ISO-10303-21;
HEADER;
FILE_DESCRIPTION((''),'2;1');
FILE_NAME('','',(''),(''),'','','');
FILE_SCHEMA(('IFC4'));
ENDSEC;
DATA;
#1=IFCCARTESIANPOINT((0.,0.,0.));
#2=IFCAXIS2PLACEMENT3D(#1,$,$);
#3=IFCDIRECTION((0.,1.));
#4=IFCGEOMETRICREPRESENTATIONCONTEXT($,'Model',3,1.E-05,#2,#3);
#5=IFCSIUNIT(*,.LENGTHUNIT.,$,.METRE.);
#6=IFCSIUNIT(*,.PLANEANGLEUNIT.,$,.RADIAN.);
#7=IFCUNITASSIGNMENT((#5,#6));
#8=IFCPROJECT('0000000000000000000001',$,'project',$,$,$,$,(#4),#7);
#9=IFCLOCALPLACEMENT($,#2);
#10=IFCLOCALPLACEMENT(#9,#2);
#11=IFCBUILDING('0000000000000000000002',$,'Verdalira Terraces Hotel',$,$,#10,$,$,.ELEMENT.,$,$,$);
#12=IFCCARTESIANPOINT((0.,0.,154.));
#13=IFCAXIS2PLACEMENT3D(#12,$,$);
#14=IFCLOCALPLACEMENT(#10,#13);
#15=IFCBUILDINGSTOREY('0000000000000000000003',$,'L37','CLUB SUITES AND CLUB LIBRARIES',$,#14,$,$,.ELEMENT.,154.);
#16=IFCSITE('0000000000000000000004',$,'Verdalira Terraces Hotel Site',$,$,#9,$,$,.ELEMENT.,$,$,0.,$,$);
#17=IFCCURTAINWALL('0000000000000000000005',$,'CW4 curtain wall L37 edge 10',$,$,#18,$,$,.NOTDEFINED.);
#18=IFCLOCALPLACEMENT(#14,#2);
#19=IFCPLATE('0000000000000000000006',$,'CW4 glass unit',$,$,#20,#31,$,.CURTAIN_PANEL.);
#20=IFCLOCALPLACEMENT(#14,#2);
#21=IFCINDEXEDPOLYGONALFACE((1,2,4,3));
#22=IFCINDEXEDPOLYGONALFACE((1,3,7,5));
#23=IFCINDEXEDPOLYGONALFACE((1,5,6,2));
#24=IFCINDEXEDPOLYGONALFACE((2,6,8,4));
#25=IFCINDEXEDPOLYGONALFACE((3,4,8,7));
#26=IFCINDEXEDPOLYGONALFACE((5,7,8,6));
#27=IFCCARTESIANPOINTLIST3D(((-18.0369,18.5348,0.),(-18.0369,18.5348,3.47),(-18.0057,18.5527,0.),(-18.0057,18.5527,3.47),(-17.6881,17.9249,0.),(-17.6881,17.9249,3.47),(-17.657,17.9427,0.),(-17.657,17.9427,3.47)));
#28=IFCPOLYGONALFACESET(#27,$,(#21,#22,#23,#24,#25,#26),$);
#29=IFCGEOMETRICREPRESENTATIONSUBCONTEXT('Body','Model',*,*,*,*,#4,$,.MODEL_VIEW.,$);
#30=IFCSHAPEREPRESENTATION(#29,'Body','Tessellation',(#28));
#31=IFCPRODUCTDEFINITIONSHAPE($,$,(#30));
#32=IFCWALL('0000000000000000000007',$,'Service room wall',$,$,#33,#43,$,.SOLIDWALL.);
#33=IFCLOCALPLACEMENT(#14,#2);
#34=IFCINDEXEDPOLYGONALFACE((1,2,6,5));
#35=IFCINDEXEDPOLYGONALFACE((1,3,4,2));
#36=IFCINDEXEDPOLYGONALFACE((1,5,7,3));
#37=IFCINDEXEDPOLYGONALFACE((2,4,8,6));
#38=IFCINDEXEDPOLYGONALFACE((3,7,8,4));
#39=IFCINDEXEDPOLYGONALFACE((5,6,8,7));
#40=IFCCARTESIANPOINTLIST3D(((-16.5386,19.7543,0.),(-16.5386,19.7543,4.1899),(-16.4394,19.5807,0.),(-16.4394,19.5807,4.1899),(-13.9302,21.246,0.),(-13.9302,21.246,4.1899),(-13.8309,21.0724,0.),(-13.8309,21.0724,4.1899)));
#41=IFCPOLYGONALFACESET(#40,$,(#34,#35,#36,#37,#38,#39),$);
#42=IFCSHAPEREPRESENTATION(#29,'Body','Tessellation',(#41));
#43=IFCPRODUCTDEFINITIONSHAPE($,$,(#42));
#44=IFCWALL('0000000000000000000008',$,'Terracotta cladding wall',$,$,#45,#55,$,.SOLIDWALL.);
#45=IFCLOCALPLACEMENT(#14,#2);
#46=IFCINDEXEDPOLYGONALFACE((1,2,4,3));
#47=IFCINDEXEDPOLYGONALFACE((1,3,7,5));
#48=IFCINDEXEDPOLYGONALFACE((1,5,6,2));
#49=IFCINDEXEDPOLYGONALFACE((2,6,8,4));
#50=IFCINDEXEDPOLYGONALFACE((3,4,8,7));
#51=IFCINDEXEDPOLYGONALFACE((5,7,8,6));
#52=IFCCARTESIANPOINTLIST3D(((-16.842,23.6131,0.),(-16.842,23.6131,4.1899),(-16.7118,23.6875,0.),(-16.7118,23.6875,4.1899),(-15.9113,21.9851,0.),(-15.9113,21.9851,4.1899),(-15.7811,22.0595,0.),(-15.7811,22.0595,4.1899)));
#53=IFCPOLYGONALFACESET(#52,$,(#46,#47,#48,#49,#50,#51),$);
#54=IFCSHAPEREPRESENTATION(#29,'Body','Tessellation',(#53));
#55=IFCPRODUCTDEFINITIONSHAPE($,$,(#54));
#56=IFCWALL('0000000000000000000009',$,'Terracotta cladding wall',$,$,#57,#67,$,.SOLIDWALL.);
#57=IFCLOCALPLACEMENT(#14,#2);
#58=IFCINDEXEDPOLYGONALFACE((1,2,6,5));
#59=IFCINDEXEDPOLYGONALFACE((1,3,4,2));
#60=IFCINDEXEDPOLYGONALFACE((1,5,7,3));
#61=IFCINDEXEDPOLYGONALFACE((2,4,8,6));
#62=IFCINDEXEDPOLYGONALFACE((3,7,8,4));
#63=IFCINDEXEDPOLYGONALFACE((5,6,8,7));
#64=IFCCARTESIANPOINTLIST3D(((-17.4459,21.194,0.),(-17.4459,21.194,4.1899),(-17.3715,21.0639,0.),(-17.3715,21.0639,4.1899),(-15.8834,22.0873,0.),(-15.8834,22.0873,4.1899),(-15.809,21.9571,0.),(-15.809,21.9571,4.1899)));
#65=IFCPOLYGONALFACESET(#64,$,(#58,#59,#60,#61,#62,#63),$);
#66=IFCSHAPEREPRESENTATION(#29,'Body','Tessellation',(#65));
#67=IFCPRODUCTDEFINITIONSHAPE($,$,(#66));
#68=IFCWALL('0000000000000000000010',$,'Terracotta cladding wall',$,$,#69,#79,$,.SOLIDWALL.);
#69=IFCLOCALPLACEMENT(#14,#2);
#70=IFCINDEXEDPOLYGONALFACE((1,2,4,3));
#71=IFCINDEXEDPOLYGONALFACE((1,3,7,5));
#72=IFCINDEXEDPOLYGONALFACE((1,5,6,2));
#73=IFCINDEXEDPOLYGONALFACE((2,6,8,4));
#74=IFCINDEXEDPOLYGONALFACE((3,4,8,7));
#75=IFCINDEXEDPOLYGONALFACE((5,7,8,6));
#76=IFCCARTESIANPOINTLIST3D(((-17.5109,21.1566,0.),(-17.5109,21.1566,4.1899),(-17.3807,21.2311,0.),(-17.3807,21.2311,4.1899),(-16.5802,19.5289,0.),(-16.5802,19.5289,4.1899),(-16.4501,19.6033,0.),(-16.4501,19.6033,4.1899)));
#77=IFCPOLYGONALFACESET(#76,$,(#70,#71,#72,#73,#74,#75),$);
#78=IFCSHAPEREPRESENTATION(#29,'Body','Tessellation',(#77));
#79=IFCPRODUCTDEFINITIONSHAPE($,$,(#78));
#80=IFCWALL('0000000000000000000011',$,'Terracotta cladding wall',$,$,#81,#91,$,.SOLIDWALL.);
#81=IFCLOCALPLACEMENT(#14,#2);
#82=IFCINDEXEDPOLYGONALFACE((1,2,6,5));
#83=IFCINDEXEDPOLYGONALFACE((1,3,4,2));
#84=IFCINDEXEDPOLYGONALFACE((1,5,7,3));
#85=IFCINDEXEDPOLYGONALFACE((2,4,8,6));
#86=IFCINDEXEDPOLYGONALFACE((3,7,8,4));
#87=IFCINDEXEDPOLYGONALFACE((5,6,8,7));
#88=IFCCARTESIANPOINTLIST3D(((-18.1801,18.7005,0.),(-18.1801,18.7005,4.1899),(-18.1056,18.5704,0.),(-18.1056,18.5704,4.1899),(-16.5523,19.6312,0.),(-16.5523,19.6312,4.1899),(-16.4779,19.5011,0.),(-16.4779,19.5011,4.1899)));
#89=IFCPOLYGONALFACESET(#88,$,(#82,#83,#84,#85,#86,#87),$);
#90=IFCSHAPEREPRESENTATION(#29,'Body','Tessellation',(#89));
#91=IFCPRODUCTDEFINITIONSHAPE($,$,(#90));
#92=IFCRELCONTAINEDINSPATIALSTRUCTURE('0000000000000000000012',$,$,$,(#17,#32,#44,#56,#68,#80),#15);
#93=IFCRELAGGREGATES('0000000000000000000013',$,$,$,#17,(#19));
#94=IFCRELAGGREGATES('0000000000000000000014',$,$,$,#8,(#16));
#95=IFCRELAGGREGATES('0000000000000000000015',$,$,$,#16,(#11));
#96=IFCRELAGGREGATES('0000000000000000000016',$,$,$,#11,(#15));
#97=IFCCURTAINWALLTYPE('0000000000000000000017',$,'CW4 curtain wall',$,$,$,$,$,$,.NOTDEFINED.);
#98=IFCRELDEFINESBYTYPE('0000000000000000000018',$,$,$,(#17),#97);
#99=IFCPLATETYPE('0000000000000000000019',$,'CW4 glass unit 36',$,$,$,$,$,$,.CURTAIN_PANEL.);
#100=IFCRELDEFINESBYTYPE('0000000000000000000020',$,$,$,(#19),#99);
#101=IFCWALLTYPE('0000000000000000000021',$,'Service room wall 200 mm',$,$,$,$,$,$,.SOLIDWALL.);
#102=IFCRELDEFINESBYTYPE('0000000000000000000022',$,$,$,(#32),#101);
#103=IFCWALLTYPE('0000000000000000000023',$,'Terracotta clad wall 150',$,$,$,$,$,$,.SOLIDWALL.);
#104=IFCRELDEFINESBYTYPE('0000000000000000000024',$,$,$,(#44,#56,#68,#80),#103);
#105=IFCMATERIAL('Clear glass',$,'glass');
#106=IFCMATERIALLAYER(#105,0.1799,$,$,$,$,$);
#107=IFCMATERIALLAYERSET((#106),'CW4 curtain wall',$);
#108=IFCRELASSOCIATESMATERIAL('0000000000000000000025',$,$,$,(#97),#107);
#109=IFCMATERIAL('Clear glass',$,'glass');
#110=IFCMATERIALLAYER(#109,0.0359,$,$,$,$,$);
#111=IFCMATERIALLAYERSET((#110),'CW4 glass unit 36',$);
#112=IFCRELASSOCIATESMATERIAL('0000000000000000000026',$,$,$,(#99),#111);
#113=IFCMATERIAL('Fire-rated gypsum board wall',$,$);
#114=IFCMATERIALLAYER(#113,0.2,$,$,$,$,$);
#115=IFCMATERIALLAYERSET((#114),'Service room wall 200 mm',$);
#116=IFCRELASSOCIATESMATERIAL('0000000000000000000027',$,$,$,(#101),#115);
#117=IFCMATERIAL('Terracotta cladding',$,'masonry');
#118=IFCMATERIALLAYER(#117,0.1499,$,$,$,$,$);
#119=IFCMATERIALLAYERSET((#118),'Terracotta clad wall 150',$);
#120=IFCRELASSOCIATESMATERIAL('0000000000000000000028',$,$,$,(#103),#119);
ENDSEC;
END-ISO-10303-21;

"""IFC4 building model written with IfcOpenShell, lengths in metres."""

from ifc_helpers import new_model, si_unit, direction, frame, frame_2d, origin, origin_2d, place, context, subcontext, project, spatial, rectangle, extrude, material, layer, layer_set, type_object, element, aggregate, save


model = new_model("IFC4")

# Units and contexts
model_context = context("Model", 3, precision=1e-05, world=origin(), true_north=direction((0.0, 1.0)))
body_context = subcontext(model_context, "Body", "Model", "MODEL_VIEW")
ifc_project = project(units=[si_unit("LENGTHUNIT", "METRE"), si_unit("PLANEANGLEUNIT", "RADIAN")], contexts=[model_context])

# Site, building, storey
site_placement = place(None, origin())
site = spatial("IfcSite", under=ifc_project, at=site_placement, Name="Verdalira Terraces Hotel Site", CompositionType="ELEMENT", RefElevation=0.0)
building_placement = place(site_placement, origin())
building = spatial("IfcBuilding", under=site, at=building_placement, Name="Verdalira Terraces Hotel", CompositionType="ELEMENT")
storey_placement = place(building_placement, frame((0.0, 0.0, 154.0)))
storey = spatial("IfcBuildingStorey", under=building, at=storey_placement, Name="L37", Description="CLUB SUITES AND CLUB LIBRARIES", CompositionType="ELEMENT", Elevation=154.0)

# Curtain wall
ifc_material_1 = material(Name="Clear glass", Category="glass")
ifc_layer_1 = layer(ifc_material_1, 0.1799)
ifc_layer_set_1 = layer_set([ifc_layer_1], Name="CW4 curtain wall")
curtain_wall_type = type_object("IfcCurtainWallType", Name="CW4 curtain wall", PredefinedType="NOTDEFINED", material=ifc_layer_set_1)
curtain_wall_1_placement = place(storey_placement, origin())
curtain_wall_1 = element("IfcCurtainWall", 1, at=curtain_wall_1_placement, inside=storey, type_object=curtain_wall_type, Name="CW4 curtain wall L37 edge 10", PredefinedType="NOTDEFINED")

# Plate
ifc_material_2 = material(Name="Clear glass", Category="glass")
ifc_layer_2 = layer(ifc_material_2, 0.0359)
ifc_layer_set_2 = layer_set([ifc_layer_2], Name="CW4 glass unit 36")
plate_type = type_object("IfcPlateType", Name="CW4 glass unit 36", PredefinedType="CURTAIN_PANEL", material=ifc_layer_set_2)
plate_1_placement = place(storey_placement, frame((-17.8469, 18.2388, 0.0), z_axis=(0.0, 0.0, 1.0), x_axis=(0.496368, -0.868112, 0.0)))
plate_1 = element("IfcPlate", 2, at=plate_1_placement, type_object=plate_type, Name="CW4 glass unit", PredefinedType="CURTAIN_PANEL", context=body_context, shape_type="SweptSolid", body=[
    extrude(rectangle(XDim=0.7026, YDim=0.0359, at=origin_2d()), origin(), (0.0, 0.0, 1.0), 3.47),
])
aggregate(curtain_wall_1, [plate_1])

# Walls
ifc_material_3 = material(Name="Fire-rated gypsum board wall")
ifc_layer_3 = layer(ifc_material_3, 0.2)
ifc_layer_set_3 = layer_set([ifc_layer_3], Name="Service room wall 200 mm")
wall_type_1 = type_object("IfcWallType", Name="Service room wall 200 mm", PredefinedType="SOLIDWALL", material=ifc_layer_set_3)
wall_1_placement = place(storey_placement, frame((-16.489, 19.6675, 0.0), z_axis=(0.0, 0.0, 1.0), x_axis=(0.868073, 0.496436, 0.0)))
element("IfcWall", 3, at=wall_1_placement, inside=storey, type_object=wall_type_1, Name="Service room wall", PredefinedType="SOLIDWALL", context=body_context, shape_type="SweptSolid", body=[
    extrude(rectangle(XDim=3.0049, YDim=0.2, at=frame_2d((1.5024, 0.0))), origin(), (0.0, 0.0, 1.0), 4.1899),
])
ifc_material_4 = material(Name="Terracotta cladding", Category="masonry")
ifc_layer_4 = layer(ifc_material_4, 0.1499)
ifc_layer_set_4 = layer_set([ifc_layer_4], Name="Terracotta clad wall 150")
wall_type_2 = type_object("IfcWallType", Name="Terracotta clad wall 150", PredefinedType="SOLIDWALL", material=ifc_layer_set_4)
wall_2_placement = place(storey_placement, frame((-16.7769, 23.6501, 0.0), z_axis=(0.0, 0.0, 1.0), x_axis=(0.496307, -0.868147, 0.0)))
element("IfcWall", 4, at=wall_2_placement, inside=storey, type_object=wall_type_2, Name="Terracotta cladding wall", PredefinedType="SOLIDWALL", context=body_context, shape_type="SweptSolid", body=[
    extrude(rectangle(XDim=1.8752, YDim=0.1499, at=frame_2d((0.9375, 0.0))), origin(), (0.0, 0.0, 1.0), 4.1899),
])
wall_3_placement = place(storey_placement, frame((-15.8462, 22.0222, 0.0), z_axis=(0.0, 0.0, 1.0), x_axis=(-0.868135, -0.496329, 0.0)))
element("IfcWall", 5, at=wall_3_placement, inside=storey, type_object=wall_type_2, Name="Terracotta cladding wall", PredefinedType="SOLIDWALL", context=body_context, shape_type="SweptSolid", body=[
    extrude(rectangle(XDim=1.7998, YDim=0.1499, at=frame_2d((0.8999, 0.0))), origin(), (0.0, 0.0, 1.0), 4.1899),
])
for number, where, z_axis, x_axis, name in (
    (6, (-17.4458, 21.1938, 0.0), (0.0, 0.0, 1.0), (0.496363, -0.868115, 0.0), "Terracotta cladding wall"),
    (7, (-16.5151, 19.5662, 0.0), (0.0, 0.0, 1.0), (-0.868115, -0.496363, 0.0), "Terracotta cladding wall"),
):
    element("IfcWall", number, at=place(storey_placement, frame(where, z_axis=z_axis, x_axis=x_axis)), inside=storey, type_object=wall_type_2, Name=name, PredefinedType="SOLIDWALL", context=body_context, shape_type="SweptSolid", body=[
        extrude(rectangle(XDim=1.875, YDim=0.1499, at=frame_2d((0.9375, 0.0))), origin(), (0.0, 0.0, 1.0), 4.1899),
    ])

save(model, "model.ifc")
